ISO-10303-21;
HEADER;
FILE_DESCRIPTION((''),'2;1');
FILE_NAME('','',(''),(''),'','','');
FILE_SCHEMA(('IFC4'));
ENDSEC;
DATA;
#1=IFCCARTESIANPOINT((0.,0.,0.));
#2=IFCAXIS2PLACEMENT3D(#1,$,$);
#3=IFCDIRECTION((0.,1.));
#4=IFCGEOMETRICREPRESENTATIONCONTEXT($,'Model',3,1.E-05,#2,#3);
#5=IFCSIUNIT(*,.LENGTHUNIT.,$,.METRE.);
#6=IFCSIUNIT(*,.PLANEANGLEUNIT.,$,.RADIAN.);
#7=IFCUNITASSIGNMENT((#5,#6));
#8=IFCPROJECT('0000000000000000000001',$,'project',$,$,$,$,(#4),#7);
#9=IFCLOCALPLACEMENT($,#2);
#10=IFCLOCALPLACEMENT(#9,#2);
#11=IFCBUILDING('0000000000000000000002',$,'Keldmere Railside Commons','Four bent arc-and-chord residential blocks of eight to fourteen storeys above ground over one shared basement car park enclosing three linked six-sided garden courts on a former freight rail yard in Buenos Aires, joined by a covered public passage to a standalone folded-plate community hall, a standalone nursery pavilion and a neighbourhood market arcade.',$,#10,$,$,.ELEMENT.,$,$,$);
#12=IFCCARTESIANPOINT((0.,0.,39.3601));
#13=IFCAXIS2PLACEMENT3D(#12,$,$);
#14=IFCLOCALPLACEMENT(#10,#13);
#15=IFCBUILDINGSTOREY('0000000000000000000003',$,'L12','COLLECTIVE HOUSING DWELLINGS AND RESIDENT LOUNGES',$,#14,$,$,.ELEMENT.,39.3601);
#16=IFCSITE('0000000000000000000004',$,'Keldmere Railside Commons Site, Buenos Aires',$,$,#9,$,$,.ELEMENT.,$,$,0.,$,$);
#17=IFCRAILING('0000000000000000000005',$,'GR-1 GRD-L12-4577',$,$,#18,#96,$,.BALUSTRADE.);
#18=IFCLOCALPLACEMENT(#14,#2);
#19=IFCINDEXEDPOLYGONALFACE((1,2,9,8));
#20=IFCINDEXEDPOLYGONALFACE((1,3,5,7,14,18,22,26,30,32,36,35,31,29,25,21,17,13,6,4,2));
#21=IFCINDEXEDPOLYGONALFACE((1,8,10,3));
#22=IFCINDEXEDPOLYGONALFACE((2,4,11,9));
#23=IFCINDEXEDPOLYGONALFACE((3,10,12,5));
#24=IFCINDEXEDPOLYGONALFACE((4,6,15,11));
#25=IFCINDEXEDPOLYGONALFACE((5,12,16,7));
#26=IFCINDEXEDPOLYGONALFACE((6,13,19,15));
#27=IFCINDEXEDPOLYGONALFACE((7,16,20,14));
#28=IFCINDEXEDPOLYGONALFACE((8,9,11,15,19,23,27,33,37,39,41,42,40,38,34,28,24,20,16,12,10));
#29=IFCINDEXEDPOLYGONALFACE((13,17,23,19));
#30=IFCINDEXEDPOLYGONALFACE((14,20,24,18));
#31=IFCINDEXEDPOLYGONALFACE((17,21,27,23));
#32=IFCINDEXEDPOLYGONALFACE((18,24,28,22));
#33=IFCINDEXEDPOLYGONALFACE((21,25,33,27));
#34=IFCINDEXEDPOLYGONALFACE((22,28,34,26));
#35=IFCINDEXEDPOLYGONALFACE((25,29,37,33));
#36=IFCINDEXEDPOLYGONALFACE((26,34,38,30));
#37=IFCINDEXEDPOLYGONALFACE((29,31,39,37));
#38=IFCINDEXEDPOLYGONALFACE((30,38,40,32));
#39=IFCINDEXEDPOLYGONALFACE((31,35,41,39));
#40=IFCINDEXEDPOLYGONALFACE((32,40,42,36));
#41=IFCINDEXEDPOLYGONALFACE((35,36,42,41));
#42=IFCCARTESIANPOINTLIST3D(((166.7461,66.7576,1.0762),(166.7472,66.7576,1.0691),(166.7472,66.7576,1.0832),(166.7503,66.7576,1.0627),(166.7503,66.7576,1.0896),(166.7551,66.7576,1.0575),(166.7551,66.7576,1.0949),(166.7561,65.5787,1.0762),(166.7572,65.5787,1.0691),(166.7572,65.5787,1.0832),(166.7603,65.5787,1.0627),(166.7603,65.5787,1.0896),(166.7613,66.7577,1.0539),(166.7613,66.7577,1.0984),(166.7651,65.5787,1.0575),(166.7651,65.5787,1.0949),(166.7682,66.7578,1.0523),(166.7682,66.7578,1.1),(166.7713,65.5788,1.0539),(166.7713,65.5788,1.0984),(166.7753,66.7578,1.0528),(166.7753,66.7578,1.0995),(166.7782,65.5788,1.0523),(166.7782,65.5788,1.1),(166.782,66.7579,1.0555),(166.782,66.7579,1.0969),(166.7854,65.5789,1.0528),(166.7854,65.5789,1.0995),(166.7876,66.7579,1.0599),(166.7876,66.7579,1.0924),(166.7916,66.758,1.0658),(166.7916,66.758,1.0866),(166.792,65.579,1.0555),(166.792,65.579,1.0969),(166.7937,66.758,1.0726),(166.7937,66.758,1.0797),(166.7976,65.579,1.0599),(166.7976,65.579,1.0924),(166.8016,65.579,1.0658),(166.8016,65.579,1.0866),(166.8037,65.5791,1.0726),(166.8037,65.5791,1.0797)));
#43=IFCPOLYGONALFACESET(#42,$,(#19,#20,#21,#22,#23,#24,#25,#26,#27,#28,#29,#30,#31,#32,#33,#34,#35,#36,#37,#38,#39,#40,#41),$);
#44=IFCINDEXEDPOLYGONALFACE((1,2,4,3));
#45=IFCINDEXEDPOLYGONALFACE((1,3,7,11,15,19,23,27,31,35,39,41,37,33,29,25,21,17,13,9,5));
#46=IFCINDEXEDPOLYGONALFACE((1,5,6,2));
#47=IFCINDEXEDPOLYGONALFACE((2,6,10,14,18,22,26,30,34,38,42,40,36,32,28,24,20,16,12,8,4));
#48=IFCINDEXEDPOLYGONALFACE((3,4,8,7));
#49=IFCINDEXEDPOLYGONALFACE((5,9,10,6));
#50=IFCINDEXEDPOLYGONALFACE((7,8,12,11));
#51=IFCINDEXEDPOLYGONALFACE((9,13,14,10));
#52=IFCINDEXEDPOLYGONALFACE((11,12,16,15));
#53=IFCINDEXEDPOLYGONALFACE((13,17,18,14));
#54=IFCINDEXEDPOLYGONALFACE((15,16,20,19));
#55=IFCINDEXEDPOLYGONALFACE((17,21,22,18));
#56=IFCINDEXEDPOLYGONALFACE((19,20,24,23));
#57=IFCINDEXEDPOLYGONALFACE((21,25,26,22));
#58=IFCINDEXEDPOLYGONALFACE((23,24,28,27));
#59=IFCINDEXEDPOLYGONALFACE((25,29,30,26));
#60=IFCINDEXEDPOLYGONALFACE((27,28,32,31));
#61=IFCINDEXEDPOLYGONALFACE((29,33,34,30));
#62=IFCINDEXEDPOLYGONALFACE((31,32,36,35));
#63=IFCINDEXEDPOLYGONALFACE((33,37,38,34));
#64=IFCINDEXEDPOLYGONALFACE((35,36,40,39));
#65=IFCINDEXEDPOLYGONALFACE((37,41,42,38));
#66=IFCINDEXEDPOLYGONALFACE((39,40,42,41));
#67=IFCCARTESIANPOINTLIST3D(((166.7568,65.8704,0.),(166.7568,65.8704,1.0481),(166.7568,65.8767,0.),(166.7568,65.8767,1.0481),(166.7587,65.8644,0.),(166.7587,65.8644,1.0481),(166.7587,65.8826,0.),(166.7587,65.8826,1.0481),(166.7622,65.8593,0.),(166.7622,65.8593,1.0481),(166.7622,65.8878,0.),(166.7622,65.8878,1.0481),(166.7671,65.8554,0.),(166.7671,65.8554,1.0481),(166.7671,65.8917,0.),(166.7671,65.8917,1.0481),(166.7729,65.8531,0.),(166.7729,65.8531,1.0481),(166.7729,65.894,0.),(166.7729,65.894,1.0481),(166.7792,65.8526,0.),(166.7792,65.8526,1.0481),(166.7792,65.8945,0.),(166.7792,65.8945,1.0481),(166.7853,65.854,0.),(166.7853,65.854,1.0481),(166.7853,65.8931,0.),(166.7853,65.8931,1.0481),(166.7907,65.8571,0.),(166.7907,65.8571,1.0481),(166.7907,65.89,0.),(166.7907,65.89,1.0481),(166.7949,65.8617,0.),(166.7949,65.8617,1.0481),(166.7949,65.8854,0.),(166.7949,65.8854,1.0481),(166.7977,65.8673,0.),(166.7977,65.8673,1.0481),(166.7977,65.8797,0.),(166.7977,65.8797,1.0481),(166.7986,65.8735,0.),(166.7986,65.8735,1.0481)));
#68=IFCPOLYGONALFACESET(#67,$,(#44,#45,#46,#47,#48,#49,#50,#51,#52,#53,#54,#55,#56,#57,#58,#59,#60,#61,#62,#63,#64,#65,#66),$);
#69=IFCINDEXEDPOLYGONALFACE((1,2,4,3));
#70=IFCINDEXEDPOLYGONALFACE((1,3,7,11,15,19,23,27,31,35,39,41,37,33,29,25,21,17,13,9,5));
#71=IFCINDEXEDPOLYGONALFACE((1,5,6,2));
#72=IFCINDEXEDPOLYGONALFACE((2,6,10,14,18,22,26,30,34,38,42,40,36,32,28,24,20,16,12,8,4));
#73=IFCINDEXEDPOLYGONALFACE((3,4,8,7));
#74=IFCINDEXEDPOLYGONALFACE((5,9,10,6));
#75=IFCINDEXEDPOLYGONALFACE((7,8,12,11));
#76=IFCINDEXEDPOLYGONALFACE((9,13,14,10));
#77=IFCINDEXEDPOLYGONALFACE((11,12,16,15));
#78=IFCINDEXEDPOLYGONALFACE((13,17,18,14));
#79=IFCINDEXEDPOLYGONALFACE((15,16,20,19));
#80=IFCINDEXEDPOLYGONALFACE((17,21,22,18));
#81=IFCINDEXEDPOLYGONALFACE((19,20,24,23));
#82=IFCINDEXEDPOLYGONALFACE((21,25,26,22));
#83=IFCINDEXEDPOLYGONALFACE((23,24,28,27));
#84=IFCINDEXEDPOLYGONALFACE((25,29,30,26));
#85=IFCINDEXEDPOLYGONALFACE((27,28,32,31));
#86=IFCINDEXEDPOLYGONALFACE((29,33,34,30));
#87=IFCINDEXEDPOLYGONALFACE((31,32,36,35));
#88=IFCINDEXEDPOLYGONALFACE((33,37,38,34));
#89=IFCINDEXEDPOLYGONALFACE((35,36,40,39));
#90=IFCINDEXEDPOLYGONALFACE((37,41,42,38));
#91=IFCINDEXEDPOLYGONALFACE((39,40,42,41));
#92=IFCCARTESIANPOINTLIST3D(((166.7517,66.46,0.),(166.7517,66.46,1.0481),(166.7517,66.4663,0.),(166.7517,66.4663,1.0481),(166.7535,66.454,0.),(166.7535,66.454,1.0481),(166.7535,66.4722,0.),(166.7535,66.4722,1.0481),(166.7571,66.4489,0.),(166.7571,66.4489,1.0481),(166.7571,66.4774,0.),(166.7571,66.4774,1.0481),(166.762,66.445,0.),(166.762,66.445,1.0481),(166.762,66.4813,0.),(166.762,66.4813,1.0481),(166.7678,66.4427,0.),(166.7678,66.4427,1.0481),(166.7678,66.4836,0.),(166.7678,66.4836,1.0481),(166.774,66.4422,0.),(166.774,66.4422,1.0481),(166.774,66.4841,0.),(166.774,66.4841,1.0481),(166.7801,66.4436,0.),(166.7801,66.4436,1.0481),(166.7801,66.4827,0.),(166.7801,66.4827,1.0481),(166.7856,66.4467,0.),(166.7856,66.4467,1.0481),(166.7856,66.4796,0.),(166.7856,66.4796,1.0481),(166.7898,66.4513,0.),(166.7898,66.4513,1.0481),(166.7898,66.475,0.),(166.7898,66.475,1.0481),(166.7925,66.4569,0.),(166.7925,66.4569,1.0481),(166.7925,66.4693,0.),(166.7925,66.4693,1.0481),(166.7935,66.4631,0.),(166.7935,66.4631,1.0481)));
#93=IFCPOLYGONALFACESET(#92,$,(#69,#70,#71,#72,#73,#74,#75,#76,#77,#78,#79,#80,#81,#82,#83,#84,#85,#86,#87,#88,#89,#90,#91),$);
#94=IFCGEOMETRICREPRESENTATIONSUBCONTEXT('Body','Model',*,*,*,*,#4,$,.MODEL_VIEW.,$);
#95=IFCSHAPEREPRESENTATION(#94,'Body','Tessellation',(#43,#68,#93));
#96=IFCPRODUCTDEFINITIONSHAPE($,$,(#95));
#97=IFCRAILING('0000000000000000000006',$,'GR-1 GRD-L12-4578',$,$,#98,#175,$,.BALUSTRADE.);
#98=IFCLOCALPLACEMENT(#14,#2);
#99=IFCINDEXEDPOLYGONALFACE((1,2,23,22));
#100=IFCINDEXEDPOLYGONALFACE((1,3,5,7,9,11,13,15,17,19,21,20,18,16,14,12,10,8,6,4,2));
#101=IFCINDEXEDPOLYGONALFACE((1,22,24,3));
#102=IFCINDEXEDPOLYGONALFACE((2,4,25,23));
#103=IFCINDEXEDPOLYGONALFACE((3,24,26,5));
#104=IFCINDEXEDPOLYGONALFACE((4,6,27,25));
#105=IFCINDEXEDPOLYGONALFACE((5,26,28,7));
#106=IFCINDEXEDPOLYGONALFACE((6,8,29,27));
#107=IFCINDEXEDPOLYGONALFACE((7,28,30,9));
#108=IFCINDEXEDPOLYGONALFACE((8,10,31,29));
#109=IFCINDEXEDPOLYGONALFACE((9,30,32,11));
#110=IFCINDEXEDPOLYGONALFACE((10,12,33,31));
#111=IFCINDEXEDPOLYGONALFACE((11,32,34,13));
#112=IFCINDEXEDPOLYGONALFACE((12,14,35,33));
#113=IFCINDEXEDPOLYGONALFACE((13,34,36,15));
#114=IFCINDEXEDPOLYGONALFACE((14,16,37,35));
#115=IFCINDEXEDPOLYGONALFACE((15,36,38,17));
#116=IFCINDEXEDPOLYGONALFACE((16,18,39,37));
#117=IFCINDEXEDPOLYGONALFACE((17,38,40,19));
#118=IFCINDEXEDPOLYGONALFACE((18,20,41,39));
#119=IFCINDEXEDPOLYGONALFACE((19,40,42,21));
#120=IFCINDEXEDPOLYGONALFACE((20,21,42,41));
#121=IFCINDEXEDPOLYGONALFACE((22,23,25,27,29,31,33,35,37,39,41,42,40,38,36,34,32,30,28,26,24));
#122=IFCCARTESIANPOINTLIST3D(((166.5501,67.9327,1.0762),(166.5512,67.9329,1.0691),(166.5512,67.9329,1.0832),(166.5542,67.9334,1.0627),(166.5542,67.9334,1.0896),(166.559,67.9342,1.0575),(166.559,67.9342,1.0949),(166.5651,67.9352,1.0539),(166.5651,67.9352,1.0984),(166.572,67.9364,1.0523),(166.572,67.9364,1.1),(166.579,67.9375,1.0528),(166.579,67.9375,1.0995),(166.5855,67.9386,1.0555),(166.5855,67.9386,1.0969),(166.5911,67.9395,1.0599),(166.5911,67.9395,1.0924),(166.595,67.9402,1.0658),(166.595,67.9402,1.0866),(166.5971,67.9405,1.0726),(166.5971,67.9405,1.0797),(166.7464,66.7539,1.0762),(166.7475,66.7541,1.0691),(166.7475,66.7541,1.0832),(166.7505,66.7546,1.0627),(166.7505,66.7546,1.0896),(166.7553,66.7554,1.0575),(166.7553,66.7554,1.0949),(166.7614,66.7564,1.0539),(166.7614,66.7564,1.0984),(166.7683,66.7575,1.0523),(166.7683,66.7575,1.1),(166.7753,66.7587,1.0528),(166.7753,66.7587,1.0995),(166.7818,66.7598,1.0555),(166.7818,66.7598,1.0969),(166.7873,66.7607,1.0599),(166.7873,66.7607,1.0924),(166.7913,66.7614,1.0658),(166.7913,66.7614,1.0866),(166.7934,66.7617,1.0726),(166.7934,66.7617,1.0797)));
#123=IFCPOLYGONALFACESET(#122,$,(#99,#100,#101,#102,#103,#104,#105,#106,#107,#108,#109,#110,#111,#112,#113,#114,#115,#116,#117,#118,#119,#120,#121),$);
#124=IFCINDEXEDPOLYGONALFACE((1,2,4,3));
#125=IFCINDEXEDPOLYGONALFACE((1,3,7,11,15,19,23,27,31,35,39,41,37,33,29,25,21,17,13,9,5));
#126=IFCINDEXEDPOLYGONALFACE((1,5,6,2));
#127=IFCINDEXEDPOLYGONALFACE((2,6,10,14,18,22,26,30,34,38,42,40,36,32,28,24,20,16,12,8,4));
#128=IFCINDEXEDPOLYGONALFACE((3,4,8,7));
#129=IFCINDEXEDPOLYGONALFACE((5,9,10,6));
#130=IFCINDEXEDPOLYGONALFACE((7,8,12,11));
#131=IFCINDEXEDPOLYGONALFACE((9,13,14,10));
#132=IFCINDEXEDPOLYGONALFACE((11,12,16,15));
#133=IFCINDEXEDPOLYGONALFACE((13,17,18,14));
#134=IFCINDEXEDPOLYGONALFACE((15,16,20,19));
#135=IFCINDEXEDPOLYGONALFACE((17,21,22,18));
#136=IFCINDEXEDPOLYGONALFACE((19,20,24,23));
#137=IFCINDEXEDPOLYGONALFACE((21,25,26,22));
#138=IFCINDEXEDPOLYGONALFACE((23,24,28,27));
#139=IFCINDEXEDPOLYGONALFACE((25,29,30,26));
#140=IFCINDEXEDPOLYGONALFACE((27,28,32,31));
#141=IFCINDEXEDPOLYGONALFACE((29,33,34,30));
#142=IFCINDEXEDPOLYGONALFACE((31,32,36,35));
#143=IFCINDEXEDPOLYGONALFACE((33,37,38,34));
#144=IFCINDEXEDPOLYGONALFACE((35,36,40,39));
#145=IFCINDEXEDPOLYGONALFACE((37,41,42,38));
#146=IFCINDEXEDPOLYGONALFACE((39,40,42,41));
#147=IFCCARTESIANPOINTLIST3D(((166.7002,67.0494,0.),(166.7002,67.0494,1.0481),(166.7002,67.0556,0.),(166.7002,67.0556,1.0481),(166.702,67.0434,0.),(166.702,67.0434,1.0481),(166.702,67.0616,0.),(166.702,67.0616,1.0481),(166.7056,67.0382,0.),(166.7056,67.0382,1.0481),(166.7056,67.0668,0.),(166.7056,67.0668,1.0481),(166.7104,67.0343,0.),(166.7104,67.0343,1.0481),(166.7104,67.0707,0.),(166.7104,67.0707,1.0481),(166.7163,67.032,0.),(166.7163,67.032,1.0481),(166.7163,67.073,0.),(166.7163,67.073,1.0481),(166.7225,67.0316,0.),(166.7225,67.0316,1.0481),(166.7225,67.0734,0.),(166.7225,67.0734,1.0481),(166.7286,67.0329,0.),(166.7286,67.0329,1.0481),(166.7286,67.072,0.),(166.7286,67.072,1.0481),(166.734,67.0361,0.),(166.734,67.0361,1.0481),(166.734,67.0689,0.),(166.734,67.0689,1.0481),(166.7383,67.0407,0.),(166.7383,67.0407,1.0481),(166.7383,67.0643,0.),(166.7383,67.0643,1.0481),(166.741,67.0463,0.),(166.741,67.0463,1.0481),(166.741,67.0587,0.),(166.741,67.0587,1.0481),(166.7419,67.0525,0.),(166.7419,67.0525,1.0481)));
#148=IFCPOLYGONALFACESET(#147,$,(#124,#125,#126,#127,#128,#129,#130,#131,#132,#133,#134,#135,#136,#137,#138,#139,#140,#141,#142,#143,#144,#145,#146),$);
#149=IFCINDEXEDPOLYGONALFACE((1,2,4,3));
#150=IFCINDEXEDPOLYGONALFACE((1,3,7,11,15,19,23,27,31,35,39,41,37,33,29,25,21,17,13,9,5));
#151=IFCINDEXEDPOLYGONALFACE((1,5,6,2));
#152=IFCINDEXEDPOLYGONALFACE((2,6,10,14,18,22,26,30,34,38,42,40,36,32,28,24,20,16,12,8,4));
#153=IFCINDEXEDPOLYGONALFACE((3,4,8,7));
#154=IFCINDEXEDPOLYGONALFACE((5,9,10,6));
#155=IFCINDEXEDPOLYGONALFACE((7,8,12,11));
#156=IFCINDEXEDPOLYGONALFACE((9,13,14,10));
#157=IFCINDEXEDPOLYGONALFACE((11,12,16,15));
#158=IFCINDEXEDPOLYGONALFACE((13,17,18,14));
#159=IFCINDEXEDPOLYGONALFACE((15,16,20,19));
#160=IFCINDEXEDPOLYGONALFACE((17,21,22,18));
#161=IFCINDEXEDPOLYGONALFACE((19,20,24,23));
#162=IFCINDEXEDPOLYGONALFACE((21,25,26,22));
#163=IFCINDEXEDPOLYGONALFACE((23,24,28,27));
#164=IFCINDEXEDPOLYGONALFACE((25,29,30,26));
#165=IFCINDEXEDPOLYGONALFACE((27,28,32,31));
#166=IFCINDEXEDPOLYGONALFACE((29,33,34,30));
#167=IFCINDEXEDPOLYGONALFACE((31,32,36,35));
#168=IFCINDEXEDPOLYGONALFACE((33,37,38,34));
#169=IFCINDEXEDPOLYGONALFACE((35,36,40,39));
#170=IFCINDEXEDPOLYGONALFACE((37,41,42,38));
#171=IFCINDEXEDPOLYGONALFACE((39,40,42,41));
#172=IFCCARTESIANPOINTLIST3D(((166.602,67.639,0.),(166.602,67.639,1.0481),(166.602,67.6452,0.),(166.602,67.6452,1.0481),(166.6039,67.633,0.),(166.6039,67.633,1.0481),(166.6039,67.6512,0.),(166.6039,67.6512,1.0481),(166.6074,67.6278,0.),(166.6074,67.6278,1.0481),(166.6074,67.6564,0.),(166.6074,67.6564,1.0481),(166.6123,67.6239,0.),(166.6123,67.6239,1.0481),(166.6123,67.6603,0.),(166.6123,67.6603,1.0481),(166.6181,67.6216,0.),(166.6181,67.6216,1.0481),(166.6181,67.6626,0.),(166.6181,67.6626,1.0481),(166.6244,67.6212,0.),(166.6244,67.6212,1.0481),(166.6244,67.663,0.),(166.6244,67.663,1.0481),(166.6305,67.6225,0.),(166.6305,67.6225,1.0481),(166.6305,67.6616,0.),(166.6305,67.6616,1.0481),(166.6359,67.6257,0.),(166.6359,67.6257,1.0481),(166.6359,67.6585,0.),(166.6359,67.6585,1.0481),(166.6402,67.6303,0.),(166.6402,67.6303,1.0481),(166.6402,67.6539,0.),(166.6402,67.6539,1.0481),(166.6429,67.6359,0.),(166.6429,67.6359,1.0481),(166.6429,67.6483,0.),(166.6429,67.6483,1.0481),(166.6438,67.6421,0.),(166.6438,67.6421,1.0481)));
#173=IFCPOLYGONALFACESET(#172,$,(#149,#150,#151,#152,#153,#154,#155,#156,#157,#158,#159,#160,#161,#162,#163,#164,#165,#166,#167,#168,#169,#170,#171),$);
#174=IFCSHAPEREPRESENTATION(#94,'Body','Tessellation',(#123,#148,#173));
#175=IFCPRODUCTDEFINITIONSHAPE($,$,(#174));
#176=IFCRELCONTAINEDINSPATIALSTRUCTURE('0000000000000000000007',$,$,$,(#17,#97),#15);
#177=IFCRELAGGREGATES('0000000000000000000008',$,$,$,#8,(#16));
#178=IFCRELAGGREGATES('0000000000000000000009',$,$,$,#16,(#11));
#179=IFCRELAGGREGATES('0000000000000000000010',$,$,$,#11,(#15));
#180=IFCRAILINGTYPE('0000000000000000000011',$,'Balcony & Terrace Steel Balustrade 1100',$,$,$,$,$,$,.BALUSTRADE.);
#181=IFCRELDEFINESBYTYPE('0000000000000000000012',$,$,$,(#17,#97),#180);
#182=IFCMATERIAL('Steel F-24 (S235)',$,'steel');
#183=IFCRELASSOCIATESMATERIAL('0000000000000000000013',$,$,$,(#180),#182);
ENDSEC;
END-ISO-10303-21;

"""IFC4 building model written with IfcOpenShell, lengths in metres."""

from ifc_helpers import new_model, si_unit, direction, frame, origin, origin_2d, place, context, subcontext, project, spatial, circle, extrude, material, type_object, element, save


model = new_model("IFC4")

# Units and contexts
model_context = context("Model", 3, precision=1e-05, world=origin(), true_north=direction((0.0, 1.0)))
body_context = subcontext(model_context, "Body", "Model", "MODEL_VIEW")
ifc_project = project(units=[si_unit("LENGTHUNIT", "METRE"), si_unit("PLANEANGLEUNIT", "RADIAN")], contexts=[model_context])

# Site, building, storey
site_placement = place(None, origin())
site = spatial("IfcSite", under=ifc_project, at=site_placement, Name="Keldmere Railside Commons Site, Buenos Aires", CompositionType="ELEMENT", RefElevation=0.0)
building_placement = place(site_placement, origin())
building = spatial("IfcBuilding", under=site, at=building_placement, Name="Keldmere Railside Commons", Description="Four bent arc-and-chord residential blocks of eight to fourteen storeys above ground over one shared basement car park enclosing three linked six-sided garden courts on a former freight rail yard in Buenos Aires, joined by a covered public passage to a standalone folded-plate community hall, a standalone nursery pavilion and a neighbourhood market arcade.", CompositionType="ELEMENT")
storey_placement = place(building_placement, frame((0.0, 0.0, 39.3601)))
storey = spatial("IfcBuildingStorey", under=building, at=storey_placement, Name="L12", Description="COLLECTIVE HOUSING DWELLINGS AND RESIDENT LOUNGES", CompositionType="ELEMENT", Elevation=39.3601)

# Railings
ifc_material_1 = material(Name="Steel F-24 (S235)", Category="steel")
railing_type = type_object("IfcRailingType", Name="Balcony & Terrace Steel Balustrade 1100", PredefinedType="BALUSTRADE", material=ifc_material_1)
railing_1_placement = place(storey_placement, frame((166.78, 65.5789, 0.0)))
element("IfcRailing", 1, at=railing_1_placement, inside=storey, type_object=railing_type, Name="GR-1 GRD-L12-4577", PredefinedType="BALUSTRADE", context=body_context, shape_type="SweptSolid", body=[
    extrude(circle(Radius=0.0239, at=origin_2d()), frame((0.0, 0.0, 1.0762), z_axis=(-0.00849, 0.999964, 0.0), x_axis=(-0.999964, -0.00849, 0.0)), (0.0, 0.0, 1.0), 1.179),
    extrude(circle(Radius=0.021, at=origin_2d()), frame((-0.0024, 0.2947, 0.0)), (0.0, 0.0, 1.0), 1.0481),
    extrude(circle(Radius=0.021, at=origin_2d()), frame((-0.0076, 0.8843, 0.0)), (0.0, 0.0, 1.0), 1.0481),
])
railing_2_placement = place(storey_placement, frame((166.77, 66.7578, 0.0)))
element("IfcRailing", 2, at=railing_2_placement, inside=storey, type_object=railing_type, Name="GR-1 GRD-L12-4578", PredefinedType="BALUSTRADE", context=body_context, shape_type="SweptSolid", body=[
    extrude(circle(Radius=0.0239, at=origin_2d()), frame((0.0, 0.0, 1.0762), z_axis=(-0.164233, 0.986422, 0.0), x_axis=(-0.986422, -0.164233, 0.0)), (0.0, 0.0, 1.0), 1.1951),
    extrude(circle(Radius=0.021, at=origin_2d()), frame((-0.0491, 0.2947, 0.0)), (0.0, 0.0, 1.0), 1.0481),
    extrude(circle(Radius=0.021, at=origin_2d()), frame((-0.1472, 0.8843, 0.0)), (0.0, 0.0, 1.0), 1.0481),
])

save(model, "model.ifc")
